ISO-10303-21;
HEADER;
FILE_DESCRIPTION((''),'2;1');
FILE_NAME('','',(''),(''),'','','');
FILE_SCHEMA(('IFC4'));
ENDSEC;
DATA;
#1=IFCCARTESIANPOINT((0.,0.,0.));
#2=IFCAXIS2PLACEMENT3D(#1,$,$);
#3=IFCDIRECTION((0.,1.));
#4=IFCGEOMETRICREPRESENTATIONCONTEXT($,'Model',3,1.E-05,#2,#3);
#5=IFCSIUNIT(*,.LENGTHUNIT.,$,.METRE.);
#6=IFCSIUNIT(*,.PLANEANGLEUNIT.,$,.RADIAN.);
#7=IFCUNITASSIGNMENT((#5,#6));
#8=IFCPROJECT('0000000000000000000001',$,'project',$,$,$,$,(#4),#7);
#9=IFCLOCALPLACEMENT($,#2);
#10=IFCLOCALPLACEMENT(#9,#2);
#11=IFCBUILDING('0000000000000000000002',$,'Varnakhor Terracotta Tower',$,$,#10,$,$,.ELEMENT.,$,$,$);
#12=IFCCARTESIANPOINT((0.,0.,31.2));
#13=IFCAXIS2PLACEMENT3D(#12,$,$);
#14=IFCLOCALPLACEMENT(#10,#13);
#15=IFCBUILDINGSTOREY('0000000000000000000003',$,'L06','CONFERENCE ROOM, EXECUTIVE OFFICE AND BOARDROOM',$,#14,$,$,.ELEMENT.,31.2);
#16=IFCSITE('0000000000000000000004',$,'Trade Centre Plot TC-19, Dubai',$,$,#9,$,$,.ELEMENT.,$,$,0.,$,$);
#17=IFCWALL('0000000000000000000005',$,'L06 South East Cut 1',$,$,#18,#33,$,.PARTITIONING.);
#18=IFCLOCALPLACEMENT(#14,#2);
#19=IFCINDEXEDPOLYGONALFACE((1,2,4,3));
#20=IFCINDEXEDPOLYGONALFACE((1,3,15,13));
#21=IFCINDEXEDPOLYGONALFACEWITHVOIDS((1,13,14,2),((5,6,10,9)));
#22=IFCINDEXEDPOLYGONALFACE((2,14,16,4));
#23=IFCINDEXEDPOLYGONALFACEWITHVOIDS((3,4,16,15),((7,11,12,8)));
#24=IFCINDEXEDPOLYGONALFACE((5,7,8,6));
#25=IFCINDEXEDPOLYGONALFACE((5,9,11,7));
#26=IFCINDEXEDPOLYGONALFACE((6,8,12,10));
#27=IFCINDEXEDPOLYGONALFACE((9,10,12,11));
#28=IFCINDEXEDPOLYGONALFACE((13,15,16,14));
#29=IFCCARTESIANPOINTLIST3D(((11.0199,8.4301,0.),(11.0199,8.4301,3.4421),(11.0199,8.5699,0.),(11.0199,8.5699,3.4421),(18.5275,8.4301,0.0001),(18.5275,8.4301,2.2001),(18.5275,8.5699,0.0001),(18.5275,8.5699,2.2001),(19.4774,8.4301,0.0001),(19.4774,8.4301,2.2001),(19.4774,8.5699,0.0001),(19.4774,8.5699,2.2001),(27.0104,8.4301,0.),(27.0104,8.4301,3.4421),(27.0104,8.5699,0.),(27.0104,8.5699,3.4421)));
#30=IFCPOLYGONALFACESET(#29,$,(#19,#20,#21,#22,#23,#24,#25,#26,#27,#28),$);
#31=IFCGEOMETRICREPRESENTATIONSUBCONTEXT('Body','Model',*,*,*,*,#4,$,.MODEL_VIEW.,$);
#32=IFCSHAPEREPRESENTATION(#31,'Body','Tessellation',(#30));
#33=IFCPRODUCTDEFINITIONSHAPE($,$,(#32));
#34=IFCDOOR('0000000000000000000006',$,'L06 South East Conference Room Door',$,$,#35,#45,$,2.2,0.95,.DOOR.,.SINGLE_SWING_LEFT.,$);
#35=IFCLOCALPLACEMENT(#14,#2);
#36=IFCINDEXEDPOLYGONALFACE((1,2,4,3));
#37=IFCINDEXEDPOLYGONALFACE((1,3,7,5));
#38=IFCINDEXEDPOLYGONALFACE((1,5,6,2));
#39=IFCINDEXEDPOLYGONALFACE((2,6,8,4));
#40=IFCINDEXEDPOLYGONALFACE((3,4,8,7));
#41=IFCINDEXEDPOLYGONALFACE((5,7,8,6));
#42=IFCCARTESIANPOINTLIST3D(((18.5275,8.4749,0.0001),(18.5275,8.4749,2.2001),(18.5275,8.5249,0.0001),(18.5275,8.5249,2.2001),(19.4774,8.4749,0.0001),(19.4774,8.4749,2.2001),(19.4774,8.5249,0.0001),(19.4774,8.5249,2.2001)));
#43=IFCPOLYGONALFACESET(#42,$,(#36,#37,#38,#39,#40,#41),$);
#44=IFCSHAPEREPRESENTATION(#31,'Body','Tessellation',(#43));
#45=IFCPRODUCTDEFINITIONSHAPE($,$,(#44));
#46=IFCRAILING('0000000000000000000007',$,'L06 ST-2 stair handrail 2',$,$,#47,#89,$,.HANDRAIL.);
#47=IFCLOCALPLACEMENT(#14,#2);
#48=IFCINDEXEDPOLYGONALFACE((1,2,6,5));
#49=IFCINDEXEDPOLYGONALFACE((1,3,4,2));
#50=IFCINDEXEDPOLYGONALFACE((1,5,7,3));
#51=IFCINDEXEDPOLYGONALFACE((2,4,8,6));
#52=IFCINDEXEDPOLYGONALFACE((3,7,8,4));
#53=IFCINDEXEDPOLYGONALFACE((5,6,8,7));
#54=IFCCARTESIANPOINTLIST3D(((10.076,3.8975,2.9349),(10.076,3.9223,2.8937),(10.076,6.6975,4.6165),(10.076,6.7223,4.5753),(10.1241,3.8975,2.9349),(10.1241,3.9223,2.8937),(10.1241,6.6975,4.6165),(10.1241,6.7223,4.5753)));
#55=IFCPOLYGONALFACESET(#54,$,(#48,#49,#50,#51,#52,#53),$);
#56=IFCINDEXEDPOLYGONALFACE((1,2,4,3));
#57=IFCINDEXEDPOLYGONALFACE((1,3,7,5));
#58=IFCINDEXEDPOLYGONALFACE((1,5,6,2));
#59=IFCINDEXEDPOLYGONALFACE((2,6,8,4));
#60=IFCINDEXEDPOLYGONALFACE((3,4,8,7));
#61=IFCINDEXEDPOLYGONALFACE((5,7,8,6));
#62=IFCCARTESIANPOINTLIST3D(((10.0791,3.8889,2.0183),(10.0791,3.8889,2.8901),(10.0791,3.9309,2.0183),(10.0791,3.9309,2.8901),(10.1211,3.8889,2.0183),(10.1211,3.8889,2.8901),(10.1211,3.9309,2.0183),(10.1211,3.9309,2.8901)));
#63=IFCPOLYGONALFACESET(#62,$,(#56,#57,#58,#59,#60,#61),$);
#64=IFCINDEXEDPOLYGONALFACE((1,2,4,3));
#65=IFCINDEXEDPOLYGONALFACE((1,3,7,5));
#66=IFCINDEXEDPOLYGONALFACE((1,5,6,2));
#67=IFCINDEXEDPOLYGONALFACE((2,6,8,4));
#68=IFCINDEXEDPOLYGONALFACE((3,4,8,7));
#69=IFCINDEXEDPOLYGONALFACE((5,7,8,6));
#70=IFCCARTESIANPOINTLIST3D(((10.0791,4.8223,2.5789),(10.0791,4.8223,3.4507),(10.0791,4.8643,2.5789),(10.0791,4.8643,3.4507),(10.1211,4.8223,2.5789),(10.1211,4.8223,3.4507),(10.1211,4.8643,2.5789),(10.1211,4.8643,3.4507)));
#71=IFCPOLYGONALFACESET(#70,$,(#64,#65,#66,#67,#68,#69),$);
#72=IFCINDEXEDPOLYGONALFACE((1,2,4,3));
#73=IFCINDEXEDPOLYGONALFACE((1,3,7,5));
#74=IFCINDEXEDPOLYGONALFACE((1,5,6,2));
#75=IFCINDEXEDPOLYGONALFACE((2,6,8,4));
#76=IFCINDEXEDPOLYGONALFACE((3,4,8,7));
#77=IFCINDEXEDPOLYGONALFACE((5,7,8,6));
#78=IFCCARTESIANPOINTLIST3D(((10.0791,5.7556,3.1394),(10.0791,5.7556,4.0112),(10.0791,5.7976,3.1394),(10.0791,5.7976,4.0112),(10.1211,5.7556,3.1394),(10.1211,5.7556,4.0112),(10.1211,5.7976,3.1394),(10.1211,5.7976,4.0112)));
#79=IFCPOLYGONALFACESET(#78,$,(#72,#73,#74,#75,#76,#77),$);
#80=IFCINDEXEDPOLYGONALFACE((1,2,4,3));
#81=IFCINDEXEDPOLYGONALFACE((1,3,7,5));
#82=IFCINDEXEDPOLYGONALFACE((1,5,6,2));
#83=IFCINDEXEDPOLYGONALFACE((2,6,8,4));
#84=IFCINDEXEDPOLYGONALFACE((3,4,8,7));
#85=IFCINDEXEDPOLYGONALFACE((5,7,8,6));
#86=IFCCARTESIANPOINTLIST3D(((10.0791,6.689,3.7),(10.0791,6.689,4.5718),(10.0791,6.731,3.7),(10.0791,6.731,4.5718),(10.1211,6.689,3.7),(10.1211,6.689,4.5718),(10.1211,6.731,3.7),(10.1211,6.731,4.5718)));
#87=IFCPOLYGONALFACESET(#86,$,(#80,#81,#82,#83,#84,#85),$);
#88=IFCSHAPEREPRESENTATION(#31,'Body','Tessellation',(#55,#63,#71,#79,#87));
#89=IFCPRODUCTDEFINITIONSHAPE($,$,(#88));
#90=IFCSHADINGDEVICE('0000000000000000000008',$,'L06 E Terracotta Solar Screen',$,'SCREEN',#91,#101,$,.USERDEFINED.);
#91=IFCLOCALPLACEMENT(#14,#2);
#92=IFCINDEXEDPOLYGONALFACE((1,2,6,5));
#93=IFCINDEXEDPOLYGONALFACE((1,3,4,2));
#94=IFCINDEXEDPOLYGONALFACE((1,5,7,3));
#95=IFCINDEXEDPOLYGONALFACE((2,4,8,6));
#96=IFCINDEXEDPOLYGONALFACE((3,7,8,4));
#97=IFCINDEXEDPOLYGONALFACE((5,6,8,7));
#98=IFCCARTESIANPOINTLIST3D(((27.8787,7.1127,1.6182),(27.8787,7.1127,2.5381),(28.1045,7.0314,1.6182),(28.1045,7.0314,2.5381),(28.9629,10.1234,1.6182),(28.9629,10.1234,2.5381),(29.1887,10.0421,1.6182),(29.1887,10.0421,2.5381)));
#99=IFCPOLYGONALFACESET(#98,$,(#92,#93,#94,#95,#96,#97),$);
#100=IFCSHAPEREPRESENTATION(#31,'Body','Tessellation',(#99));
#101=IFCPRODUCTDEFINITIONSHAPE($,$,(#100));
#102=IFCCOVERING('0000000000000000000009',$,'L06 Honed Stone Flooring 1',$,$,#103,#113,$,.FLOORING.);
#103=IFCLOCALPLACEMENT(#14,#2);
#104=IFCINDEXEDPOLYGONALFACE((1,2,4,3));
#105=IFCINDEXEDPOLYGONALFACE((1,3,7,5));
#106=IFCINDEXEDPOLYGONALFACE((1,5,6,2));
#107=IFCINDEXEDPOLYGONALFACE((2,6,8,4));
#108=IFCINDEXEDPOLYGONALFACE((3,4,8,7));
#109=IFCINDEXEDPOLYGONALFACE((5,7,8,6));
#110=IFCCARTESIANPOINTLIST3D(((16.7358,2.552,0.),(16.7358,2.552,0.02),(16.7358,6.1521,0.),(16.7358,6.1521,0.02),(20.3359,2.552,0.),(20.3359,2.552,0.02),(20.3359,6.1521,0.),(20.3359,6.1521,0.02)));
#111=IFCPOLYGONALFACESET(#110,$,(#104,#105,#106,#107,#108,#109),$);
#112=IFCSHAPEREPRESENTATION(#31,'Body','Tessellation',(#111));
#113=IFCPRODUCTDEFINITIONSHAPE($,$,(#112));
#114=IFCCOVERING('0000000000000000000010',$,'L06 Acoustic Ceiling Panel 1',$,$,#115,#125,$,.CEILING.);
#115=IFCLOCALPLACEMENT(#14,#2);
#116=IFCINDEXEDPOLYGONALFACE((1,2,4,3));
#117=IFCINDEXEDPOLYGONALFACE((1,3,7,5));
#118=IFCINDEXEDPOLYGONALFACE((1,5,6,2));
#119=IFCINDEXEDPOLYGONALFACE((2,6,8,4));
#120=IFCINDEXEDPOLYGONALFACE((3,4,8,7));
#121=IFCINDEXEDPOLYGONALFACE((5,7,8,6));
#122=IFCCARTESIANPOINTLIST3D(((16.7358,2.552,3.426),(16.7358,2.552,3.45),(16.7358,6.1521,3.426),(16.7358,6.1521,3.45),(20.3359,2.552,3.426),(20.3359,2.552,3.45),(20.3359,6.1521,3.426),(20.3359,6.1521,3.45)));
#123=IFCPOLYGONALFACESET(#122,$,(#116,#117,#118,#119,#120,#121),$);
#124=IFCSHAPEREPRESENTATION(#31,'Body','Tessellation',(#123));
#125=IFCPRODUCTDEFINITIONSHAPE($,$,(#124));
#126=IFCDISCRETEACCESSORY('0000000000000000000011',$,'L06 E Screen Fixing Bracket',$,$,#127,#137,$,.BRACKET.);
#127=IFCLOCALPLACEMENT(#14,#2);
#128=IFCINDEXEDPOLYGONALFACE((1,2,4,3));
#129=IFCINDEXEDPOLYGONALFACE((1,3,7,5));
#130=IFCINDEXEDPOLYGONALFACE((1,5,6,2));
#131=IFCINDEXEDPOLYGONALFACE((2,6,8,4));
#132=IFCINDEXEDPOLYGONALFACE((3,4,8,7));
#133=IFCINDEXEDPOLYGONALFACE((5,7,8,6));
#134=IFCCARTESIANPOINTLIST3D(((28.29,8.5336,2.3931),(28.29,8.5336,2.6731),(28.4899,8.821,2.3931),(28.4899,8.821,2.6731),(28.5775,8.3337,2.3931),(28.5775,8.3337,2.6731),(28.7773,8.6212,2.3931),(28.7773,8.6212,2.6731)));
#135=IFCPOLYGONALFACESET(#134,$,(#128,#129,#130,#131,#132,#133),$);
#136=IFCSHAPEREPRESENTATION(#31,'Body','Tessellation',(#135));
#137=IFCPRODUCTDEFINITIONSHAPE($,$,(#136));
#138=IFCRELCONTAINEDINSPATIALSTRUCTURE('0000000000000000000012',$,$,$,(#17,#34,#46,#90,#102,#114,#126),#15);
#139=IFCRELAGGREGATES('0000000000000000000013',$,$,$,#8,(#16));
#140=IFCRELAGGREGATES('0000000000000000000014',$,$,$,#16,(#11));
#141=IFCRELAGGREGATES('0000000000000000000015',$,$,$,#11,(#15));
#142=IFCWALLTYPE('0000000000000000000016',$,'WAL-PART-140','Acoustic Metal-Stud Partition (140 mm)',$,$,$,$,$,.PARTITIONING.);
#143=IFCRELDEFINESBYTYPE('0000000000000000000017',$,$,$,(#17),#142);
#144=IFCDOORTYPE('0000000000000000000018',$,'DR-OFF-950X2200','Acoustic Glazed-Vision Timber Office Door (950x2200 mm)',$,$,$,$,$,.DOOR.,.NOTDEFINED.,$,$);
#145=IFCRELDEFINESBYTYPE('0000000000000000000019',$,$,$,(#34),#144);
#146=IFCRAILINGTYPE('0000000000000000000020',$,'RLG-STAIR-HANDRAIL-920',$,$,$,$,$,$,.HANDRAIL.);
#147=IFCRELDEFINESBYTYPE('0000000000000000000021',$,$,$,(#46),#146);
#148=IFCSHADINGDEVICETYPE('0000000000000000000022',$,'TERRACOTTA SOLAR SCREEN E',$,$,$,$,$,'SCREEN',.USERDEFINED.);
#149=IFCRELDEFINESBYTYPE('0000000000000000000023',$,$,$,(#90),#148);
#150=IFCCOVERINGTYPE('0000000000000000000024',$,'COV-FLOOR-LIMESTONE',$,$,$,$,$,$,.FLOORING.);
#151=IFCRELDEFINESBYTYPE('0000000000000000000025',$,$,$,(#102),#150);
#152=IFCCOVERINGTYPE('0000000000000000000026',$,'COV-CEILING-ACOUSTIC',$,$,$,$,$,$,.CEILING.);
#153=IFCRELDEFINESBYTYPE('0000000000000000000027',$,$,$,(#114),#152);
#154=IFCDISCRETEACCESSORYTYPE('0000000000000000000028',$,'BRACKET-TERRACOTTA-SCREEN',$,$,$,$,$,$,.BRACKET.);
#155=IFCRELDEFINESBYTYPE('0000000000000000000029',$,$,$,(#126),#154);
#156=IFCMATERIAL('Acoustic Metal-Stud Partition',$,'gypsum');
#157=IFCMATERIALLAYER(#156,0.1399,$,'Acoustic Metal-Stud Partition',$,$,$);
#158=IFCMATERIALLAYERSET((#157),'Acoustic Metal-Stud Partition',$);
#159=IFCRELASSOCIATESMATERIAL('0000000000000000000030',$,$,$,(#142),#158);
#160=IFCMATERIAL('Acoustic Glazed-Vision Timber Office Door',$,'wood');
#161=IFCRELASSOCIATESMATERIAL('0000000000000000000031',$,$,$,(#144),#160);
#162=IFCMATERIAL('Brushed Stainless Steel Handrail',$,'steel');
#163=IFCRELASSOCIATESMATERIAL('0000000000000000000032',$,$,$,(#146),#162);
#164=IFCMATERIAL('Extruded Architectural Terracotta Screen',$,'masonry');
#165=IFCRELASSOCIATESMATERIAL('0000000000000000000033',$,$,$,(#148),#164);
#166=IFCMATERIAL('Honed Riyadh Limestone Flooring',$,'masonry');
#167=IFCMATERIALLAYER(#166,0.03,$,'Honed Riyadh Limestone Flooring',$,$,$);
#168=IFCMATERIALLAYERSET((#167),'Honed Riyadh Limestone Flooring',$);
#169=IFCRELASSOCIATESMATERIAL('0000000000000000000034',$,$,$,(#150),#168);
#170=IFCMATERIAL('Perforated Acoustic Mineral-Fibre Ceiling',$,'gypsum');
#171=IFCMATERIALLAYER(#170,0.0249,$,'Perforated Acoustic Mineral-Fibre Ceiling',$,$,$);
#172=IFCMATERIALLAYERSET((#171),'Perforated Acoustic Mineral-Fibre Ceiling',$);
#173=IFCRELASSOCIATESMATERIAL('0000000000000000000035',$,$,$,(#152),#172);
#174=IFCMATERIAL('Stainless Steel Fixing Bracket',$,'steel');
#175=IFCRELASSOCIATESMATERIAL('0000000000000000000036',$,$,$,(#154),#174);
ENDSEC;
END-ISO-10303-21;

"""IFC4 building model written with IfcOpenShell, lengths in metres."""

from ifc_helpers import new_model, si_unit, direction, frame, frame_2d, origin, origin_2d, place, context, subcontext, project, spatial, rectangle, extrude, source, transform, mapped, material, layer, layer_set, type_object, type_shapes, element, fill, save


model = new_model("IFC4")

# Units and contexts
model_context = context("Model", 3, precision=1e-05, world=origin(), true_north=direction((0.0, 1.0)))
body_context = subcontext(model_context, "Body", "Model", "MODEL_VIEW")
ifc_project = project(units=[si_unit("LENGTHUNIT", "METRE"), si_unit("PLANEANGLEUNIT", "RADIAN")], contexts=[model_context])

# Site, building, storey
site_placement = place(None, origin())
site = spatial("IfcSite", under=ifc_project, at=site_placement, Name="Trade Centre Plot TC-19, Dubai", CompositionType="ELEMENT", RefElevation=0.0)
building_placement = place(site_placement, origin())
building = spatial("IfcBuilding", under=site, at=building_placement, Name="Varnakhor Terracotta Tower", CompositionType="ELEMENT")
storey_placement = place(building_placement, frame((0.0, 0.0, 31.2)))
storey = spatial("IfcBuildingStorey", under=building, at=storey_placement, Name="L06", Description="CONFERENCE ROOM, EXECUTIVE OFFICE AND BOARDROOM", CompositionType="ELEMENT", Elevation=31.2)

# Wall, opening, door
ifc_material_1 = material(Name="Acoustic Metal-Stud Partition", Category="gypsum")
ifc_layer_1 = layer(ifc_material_1, 0.1399, Name="Acoustic Metal-Stud Partition")
ifc_layer_set_1 = layer_set([ifc_layer_1], Name="Acoustic Metal-Stud Partition")
wall_type_1 = type_object("IfcWallType", Name="WAL-PART-140", Description="Acoustic Metal-Stud Partition (140 mm)", PredefinedType="PARTITIONING", material=ifc_layer_set_1)
wall_1_placement = place(storey_placement, frame((11.02, 8.5, 0.0), z_axis=(0.0, 0.0, 1.0), x_axis=(1.0, 0.0, 0.0)))
wall_1 = element("IfcWall", 1, at=wall_1_placement, inside=storey, type_object=wall_type_1, Name="L06 South East Cut 1", PredefinedType="PARTITIONING", context=body_context, shape_type="SweptSolid", body=[
    extrude(rectangle(XDim=15.9905, YDim=0.1399, at=frame_2d((7.9951, 0.0))), origin(), (0.0, 0.0, 1.0), 3.4421),
])
opening_1_placement = place(wall_1_placement, frame((7.5073, 0.0, 0.0)))
opening_1 = element("IfcOpeningElement", 2, at=opening_1_placement, cuts=wall_1, PredefinedType="OPENING", context=body_context, shape_type="SweptSolid", body=[
    extrude(rectangle(XDim=0.95, YDim=2.2, at=frame_2d((0.4751, 1.1001))), frame((0.0, 0.0801, 0.0), z_axis=(0.0, -1.0, 0.0), x_axis=(1.0, 0.0, 0.0)), (0.0, 0.0, 1.0), 0.1599),
])
ifc_material_2 = material(Name="Acoustic Glazed-Vision Timber Office Door", Category="wood")
door_type_1 = type_object("IfcDoorType", Name="DR-OFF-950X2200", Description="Acoustic Glazed-Vision Timber Office Door (950x2200 mm)", OperationType="NOTDEFINED", PredefinedType="DOOR", material=ifc_material_2)
shared_shape_1 = source(origin(), body_context, "Body", "SweptSolid", [
    extrude(rectangle(XDim=0.95, YDim=2.2, at=frame_2d((0.4751, 1.1001))), frame((0.0, 0.0249, 0.0), z_axis=(0.0, -1.0, 0.0), x_axis=(1.0, 0.0, 0.0)), (0.0, 0.0, 1.0), 0.05),
])
type_shapes(door_type_1, [shared_shape_1])
door_1_placement = place(opening_1_placement, origin())
door_1 = element("IfcDoor", 3, at=door_1_placement, inside=storey, type_object=door_type_1, Name="L06 South East Conference Room Door", OperationType="SINGLE_SWING_LEFT", OverallHeight=2.2, OverallWidth=0.95, PredefinedType="DOOR", context=body_context, shape_type="MappedRepresentation", body=[
    mapped(shared_shape_1, transform((0.0, 0.0, 0.0), scale=1.0)),
])
fill(opening_1, door_1)

# Railing
ifc_material_3 = material(Name="Brushed Stainless Steel Handrail", Category="steel")
railing_type = type_object("IfcRailingType", Name="RLG-STAIR-HANDRAIL-920", PredefinedType="HANDRAIL", material=ifc_material_3)
railing_placement = place(storey_placement, frame((10.1001, 3.9099, 2.0183)))
element("IfcRailing", 4, at=railing_placement, inside=storey, type_object=railing_type, Name="L06 ST-2 stair handrail 2", PredefinedType="HANDRAIL", context=body_context, shape_type="SweptSolid", body=[
    extrude(rectangle(XDim=0.0481, YDim=0.0481, at=origin_2d()), frame((0.0, 0.0, 0.896), z_axis=(0.0, 0.857275, 0.514858), x_axis=(-1.0, 0.0, 0.0)), (0.0, 0.0, 1.0), 3.2661),
    extrude(rectangle(XDim=0.042, YDim=0.042, at=origin_2d()), origin(), (0.0, 0.0, 1.0), 0.8718),
    extrude(rectangle(XDim=0.042, YDim=0.042, at=origin_2d()), frame((0.0, 0.9333, 0.5605)), (0.0, 0.0, 1.0), 0.8718),
    extrude(rectangle(XDim=0.042, YDim=0.042, at=origin_2d()), frame((0.0, 1.8667, 1.1211)), (0.0, 0.0, 1.0), 0.8718),
    extrude(rectangle(XDim=0.042, YDim=0.042, at=origin_2d()), frame((0.0, 2.8, 1.6816)), (0.0, 0.0, 1.0), 0.8718),
])

# Shading device
ifc_material_4 = material(Name="Extruded Architectural Terracotta Screen", Category="masonry")
shading_device_type = type_object("IfcShadingDeviceType", Name="TERRACOTTA SOLAR SCREEN E", ElementType="SCREEN", PredefinedType="USERDEFINED", material=ifc_material_4)
shared_shape_2 = source(origin(), body_context, "Body", "SweptSolid", [
    extrude(rectangle(XDim=3.2, YDim=0.24, at=origin_2d()), origin(), (0.0, 0.0, 1.0), 0.9199),
])
type_shapes(shading_device_type, [shared_shape_2])
shading_device_placement = place(storey_placement, frame((28.5337, 8.5774, 1.6182), z_axis=(0.0, 0.0, 1.0), x_axis=(0.338836, 0.940845, 0.0)))
element("IfcShadingDevice", 5, at=shading_device_placement, inside=storey, type_object=shading_device_type, Name="L06 E Terracotta Solar Screen", ObjectType="SCREEN", PredefinedType="USERDEFINED", context=body_context, shape_type="MappedRepresentation", body=[
    mapped(shared_shape_2, transform((0.0, 0.0, 0.0), scale=1.0)),
])

# Coverings
ifc_material_5 = material(Name="Honed Riyadh Limestone Flooring", Category="masonry")
ifc_layer_2 = layer(ifc_material_5, 0.03, Name="Honed Riyadh Limestone Flooring")
ifc_layer_set_2 = layer_set([ifc_layer_2], Name="Honed Riyadh Limestone Flooring")
covering_type_1 = type_object("IfcCoveringType", Name="COV-FLOOR-LIMESTONE", PredefinedType="FLOORING", material=ifc_layer_set_2)
shared_shape_3 = source(origin(), body_context, "Body", "SweptSolid", [
    extrude(rectangle(XDim=3.6001, YDim=3.6001, at=origin_2d()), origin(), (0.0, 0.0, 1.0), 0.02),
])
covering_1_placement = place(storey_placement, frame((18.5359, 4.3521, 0.0), z_axis=(0.0, 0.0, 1.0), x_axis=(1.0, 0.0, 0.0)))
element("IfcCovering", 6, at=covering_1_placement, inside=storey, type_object=covering_type_1, Name="L06 Honed Stone Flooring 1", PredefinedType="FLOORING", context=body_context, shape_type="MappedRepresentation", body=[
    mapped(shared_shape_3, transform((0.0, 0.0, 0.0), scale=1.0)),
])
ifc_material_6 = material(Name="Perforated Acoustic Mineral-Fibre Ceiling", Category="gypsum")
ifc_layer_3 = layer(ifc_material_6, 0.0249, Name="Perforated Acoustic Mineral-Fibre Ceiling")
ifc_layer_set_3 = layer_set([ifc_layer_3], Name="Perforated Acoustic Mineral-Fibre Ceiling")
covering_type_2 = type_object("IfcCoveringType", Name="COV-CEILING-ACOUSTIC", PredefinedType="CEILING", material=ifc_layer_set_3)
shared_shape_4 = source(origin(), body_context, "Body", "SweptSolid", [
    extrude(rectangle(XDim=3.6001, YDim=3.6001, at=origin_2d()), origin(), (0.0, 0.0, 1.0), 0.0239),
])
covering_2_placement = place(storey_placement, frame((18.5359, 4.3521, 3.426), z_axis=(0.0, 0.0, 1.0), x_axis=(1.0, 0.0, 0.0)))
element("IfcCovering", 7, at=covering_2_placement, inside=storey, type_object=covering_type_2, Name="L06 Acoustic Ceiling Panel 1", PredefinedType="CEILING", context=body_context, shape_type="MappedRepresentation", body=[
    mapped(shared_shape_4, transform((0.0, 0.0, 0.0), scale=1.0)),
])

# Discrete accessory
ifc_material_7 = material(Name="Stainless Steel Fixing Bracket", Category="steel")
discrete_accessory_type = type_object("IfcDiscreteAccessoryType", Name="BRACKET-TERRACOTTA-SCREEN", PredefinedType="BRACKET", material=ifc_material_7)
shared_shape_5 = source(origin(), body_context, "Body", "SweptSolid", [
    extrude(rectangle(XDim=0.3501, YDim=0.3501, at=origin_2d()), origin(), (0.0, 0.0, 1.0), 0.28),
])
type_shapes(discrete_accessory_type, [shared_shape_5])
discrete_accessory_placement = place(storey_placement, frame((28.5337, 8.5774, 2.3931), z_axis=(0.0, 0.0, 1.0), x_axis=(0.5708, 0.821089, 0.0)))
element("IfcDiscreteAccessory", 8, at=discrete_accessory_placement, inside=storey, type_object=discrete_accessory_type, Name="L06 E Screen Fixing Bracket", PredefinedType="BRACKET", context=body_context, shape_type="MappedRepresentation", body=[
    mapped(shared_shape_5, transform((0.0, 0.0, 0.0), scale=1.0)),
])

save(model, "model.ifc")
